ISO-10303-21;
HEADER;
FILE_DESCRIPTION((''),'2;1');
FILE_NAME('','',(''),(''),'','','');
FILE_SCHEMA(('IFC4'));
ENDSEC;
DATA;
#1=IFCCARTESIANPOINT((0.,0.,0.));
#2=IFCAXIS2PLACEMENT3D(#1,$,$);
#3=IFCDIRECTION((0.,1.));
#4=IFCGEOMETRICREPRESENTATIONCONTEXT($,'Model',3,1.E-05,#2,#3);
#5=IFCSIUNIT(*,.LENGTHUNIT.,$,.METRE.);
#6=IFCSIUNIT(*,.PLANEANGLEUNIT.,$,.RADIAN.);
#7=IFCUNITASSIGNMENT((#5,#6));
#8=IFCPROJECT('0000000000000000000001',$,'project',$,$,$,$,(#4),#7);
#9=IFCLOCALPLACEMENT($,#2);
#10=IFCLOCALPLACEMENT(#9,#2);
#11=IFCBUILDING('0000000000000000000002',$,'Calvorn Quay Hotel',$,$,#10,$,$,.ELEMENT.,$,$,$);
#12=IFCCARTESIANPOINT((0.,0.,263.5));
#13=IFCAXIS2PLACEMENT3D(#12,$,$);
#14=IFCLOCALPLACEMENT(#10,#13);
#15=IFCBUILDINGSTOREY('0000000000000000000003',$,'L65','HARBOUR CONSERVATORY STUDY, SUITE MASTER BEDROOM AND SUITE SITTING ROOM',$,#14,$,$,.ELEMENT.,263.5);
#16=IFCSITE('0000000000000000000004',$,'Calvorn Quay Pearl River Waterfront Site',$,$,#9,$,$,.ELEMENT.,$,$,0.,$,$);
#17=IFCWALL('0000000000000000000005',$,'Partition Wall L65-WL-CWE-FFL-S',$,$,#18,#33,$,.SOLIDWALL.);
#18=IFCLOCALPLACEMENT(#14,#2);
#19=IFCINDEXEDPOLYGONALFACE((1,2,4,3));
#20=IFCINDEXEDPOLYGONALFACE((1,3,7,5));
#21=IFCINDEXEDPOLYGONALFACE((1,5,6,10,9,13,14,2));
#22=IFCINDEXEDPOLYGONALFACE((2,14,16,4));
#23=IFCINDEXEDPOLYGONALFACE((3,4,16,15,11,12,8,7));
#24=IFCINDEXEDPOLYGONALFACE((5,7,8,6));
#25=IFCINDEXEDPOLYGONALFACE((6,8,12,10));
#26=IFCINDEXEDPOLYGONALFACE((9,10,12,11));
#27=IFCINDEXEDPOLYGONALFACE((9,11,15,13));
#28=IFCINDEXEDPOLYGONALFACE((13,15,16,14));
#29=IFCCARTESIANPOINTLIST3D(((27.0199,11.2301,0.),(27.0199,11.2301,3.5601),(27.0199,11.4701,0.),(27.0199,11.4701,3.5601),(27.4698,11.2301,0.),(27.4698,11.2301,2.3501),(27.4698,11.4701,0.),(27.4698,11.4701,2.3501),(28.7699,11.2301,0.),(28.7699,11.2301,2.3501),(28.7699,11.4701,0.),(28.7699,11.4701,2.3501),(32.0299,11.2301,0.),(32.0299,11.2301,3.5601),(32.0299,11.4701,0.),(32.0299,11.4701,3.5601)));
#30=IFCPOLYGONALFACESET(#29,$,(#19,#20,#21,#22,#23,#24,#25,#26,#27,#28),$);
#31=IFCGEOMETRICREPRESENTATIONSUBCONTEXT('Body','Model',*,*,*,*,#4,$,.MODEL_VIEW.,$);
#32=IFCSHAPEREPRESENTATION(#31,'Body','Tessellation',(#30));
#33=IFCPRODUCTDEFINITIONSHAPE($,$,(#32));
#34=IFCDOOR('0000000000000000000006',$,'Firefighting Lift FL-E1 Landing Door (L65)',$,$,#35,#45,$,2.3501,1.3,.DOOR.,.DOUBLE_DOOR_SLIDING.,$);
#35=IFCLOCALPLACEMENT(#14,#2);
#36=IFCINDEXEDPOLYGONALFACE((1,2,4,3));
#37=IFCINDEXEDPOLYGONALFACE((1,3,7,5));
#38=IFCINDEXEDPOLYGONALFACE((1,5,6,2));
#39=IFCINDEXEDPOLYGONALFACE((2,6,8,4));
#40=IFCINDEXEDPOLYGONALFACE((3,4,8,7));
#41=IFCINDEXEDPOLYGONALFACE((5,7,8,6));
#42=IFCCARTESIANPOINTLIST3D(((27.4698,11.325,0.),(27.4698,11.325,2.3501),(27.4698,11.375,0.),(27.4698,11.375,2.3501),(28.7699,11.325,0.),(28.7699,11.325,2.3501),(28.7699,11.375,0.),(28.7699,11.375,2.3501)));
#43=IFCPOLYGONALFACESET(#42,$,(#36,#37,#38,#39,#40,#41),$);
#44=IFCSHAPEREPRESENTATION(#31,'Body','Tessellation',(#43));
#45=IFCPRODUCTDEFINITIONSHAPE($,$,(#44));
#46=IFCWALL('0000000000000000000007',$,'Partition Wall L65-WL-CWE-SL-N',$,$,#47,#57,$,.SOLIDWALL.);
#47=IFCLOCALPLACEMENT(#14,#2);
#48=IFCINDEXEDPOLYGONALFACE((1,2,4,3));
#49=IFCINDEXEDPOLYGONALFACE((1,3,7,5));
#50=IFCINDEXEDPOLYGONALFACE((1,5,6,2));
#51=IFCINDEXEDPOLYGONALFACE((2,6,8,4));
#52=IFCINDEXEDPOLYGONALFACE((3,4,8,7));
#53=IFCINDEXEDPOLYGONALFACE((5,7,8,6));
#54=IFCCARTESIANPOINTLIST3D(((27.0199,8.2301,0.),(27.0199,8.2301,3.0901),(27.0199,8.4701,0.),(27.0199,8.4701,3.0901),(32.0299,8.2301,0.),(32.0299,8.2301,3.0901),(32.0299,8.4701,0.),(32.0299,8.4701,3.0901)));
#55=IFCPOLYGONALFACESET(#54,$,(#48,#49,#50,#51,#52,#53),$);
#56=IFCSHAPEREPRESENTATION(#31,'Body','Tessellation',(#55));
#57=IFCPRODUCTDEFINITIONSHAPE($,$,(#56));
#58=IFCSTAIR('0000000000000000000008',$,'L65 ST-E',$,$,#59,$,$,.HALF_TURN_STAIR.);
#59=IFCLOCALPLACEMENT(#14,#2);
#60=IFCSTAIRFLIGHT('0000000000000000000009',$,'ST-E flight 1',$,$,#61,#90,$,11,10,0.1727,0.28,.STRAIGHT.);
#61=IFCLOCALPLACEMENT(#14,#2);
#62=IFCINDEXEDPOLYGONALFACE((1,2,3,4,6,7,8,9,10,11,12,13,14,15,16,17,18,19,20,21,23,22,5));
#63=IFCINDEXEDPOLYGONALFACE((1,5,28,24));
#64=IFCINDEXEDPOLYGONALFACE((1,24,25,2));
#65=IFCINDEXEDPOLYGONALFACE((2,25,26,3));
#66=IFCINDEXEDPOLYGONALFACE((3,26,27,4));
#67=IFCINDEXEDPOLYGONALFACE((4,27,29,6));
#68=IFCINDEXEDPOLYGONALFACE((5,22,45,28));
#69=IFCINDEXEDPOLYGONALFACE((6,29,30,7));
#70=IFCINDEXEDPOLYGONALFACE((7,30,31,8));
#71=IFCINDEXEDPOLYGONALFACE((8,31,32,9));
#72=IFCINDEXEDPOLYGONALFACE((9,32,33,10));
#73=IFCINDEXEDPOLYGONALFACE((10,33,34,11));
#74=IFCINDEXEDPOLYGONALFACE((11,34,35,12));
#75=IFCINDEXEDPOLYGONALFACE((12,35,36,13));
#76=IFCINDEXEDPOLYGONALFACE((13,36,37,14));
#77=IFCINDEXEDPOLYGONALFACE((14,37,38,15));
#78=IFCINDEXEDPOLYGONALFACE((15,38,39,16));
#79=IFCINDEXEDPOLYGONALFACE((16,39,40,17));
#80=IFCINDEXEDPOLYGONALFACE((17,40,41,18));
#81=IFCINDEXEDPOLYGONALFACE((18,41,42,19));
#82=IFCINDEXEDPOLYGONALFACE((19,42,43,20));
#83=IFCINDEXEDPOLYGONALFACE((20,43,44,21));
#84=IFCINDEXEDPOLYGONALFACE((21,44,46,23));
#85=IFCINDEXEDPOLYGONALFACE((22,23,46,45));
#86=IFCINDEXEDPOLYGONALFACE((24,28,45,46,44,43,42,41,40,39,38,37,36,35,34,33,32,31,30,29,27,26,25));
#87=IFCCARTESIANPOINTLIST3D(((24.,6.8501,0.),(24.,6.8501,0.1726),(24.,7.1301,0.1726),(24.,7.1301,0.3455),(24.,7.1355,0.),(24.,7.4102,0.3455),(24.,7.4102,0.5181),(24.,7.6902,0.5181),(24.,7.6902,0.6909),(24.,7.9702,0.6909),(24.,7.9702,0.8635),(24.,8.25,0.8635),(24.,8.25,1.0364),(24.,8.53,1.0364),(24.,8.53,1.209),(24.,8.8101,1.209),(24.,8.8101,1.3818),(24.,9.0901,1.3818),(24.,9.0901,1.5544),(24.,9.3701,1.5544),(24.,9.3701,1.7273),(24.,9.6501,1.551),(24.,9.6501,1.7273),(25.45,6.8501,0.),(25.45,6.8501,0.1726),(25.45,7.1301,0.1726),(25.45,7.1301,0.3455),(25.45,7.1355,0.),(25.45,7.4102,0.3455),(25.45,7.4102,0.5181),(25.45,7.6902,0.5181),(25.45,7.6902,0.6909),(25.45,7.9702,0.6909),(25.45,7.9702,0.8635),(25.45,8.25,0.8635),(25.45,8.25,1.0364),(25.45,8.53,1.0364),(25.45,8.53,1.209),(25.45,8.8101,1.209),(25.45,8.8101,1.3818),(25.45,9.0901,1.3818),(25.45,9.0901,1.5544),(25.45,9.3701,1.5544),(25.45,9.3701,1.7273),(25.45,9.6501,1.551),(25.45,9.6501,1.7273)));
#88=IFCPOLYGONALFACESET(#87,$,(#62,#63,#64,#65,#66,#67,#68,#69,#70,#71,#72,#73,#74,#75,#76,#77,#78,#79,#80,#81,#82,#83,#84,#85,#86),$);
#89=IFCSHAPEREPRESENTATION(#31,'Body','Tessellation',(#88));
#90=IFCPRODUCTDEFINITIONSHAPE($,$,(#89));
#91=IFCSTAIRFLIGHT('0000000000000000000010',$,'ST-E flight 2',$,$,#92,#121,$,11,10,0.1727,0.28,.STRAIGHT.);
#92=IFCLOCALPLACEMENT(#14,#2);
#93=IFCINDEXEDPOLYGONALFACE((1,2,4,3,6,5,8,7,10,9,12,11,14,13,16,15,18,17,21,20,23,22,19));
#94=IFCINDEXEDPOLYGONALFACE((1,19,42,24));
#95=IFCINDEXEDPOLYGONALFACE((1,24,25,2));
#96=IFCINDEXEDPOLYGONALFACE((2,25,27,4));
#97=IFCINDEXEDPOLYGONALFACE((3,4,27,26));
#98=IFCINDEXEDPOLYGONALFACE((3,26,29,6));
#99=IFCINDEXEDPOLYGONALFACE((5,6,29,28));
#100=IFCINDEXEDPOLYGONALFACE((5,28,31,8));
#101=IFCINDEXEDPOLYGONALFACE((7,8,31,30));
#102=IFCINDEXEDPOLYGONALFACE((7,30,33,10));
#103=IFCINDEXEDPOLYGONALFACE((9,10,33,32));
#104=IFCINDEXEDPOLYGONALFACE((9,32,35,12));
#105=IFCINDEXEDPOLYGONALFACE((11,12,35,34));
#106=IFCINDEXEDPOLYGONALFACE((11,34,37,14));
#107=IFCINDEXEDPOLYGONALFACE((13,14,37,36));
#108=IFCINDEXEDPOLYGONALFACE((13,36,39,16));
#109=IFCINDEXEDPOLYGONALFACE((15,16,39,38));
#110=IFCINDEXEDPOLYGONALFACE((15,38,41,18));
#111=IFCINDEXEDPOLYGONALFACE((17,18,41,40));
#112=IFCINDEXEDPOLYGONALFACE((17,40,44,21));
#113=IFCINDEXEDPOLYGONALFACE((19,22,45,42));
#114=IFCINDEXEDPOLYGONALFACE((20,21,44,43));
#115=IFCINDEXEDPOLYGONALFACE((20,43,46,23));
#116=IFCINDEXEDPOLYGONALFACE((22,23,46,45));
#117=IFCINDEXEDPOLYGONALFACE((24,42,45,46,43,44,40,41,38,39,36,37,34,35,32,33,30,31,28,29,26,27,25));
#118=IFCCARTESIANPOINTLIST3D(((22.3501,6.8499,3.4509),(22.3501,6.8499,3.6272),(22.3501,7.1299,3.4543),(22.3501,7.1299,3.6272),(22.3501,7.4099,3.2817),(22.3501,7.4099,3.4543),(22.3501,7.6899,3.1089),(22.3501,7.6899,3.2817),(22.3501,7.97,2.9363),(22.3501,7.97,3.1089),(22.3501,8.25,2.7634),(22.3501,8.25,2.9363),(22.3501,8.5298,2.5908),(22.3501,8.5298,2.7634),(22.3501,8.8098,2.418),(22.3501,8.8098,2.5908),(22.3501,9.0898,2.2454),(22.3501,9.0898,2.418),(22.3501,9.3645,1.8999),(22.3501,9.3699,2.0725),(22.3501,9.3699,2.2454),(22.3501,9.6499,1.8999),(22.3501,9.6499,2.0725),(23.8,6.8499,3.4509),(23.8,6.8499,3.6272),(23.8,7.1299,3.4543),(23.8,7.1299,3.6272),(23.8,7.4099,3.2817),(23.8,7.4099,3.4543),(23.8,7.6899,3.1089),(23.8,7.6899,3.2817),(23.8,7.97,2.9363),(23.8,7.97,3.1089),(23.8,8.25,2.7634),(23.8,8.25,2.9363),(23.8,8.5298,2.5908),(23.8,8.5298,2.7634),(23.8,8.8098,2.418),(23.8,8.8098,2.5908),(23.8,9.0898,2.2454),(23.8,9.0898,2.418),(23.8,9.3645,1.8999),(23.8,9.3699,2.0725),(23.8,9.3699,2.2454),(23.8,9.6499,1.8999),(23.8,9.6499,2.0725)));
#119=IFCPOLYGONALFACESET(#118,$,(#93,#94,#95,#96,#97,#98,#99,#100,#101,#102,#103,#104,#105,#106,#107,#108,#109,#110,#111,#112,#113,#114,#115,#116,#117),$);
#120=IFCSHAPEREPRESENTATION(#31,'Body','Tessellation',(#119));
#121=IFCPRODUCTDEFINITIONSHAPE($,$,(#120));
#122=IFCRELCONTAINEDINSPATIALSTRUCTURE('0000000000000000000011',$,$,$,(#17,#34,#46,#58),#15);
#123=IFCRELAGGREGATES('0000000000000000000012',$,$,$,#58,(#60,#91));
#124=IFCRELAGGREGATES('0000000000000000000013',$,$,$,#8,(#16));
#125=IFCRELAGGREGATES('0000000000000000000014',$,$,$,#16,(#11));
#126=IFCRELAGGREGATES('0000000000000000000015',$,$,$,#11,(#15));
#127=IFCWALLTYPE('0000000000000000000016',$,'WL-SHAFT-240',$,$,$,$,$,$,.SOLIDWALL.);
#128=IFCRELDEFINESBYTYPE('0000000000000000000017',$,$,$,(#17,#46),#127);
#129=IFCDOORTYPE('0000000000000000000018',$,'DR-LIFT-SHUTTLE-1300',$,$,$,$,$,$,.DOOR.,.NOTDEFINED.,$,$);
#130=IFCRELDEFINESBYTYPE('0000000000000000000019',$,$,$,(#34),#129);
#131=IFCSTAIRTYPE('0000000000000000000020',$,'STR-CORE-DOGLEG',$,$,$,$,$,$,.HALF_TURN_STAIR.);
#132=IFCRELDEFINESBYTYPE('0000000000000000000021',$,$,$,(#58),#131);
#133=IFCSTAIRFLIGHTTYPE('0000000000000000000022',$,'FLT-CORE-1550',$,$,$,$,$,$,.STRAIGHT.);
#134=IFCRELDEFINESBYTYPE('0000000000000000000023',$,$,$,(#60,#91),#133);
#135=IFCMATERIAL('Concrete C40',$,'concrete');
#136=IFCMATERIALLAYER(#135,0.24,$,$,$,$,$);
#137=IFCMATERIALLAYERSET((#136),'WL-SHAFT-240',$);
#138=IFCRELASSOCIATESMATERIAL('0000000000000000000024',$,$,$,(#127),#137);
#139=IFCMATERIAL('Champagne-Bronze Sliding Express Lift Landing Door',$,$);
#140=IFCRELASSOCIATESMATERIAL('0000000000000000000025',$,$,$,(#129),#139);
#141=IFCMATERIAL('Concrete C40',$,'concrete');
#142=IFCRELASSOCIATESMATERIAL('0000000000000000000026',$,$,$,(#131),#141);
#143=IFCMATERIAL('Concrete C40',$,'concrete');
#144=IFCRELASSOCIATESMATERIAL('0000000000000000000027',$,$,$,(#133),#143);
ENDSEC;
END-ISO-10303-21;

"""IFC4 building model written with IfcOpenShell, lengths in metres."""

from ifc_helpers import new_model, si_unit, direction, frame, frame_2d, origin, place, context, subcontext, project, spatial, polyline, rectangle, outline, extrude, material, layer, layer_set, type_object, element, fill, aggregate, save


model = new_model("IFC4")

# Units and contexts
model_context = context("Model", 3, precision=1e-05, world=origin(), true_north=direction((0.0, 1.0)))
body_context = subcontext(model_context, "Body", "Model", "MODEL_VIEW")
ifc_project = project(units=[si_unit("LENGTHUNIT", "METRE"), si_unit("PLANEANGLEUNIT", "RADIAN")], contexts=[model_context])

# Site, building, storey
site_placement = place(None, origin())
site = spatial("IfcSite", under=ifc_project, at=site_placement, Name="Calvorn Quay Pearl River Waterfront Site", CompositionType="ELEMENT", RefElevation=0.0)
building_placement = place(site_placement, origin())
building = spatial("IfcBuilding", under=site, at=building_placement, Name="Calvorn Quay Hotel", CompositionType="ELEMENT")
storey_placement = place(building_placement, frame((0.0, 0.0, 263.5)))
storey = spatial("IfcBuildingStorey", under=building, at=storey_placement, Name="L65", Description="HARBOUR CONSERVATORY STUDY, SUITE MASTER BEDROOM AND SUITE SITTING ROOM", CompositionType="ELEMENT", Elevation=263.5)

# Shared definitions
ifc_material_1 = material(Name="Concrete C40", Category="concrete")
ifc_layer_1 = layer(ifc_material_1, 0.24)
ifc_layer_set_1 = layer_set([ifc_layer_1], Name="WL-SHAFT-240")
wall_type_1 = type_object("IfcWallType", Name="WL-SHAFT-240", PredefinedType="SOLIDWALL", material=ifc_layer_set_1)

# Wall, opening, door
wall_1_placement = place(storey_placement, frame((27.02, 11.3501, 0.0), z_axis=(0.0, 0.0, 1.0), x_axis=(1.0, 0.0, 0.0)))
wall_1 = element("IfcWall", 1, at=wall_1_placement, inside=storey, type_object=wall_type_1, Name="Partition Wall L65-WL-CWE-FFL-S", PredefinedType="SOLIDWALL", context=body_context, shape_type="SweptSolid", body=[
    extrude(rectangle(XDim=5.01, YDim=0.24, at=frame_2d((2.5049, 0.0))), origin(), (0.0, 0.0, 1.0), 3.5601),
])
opening_1_placement = place(wall_1_placement, frame((0.45, 0.0, 0.0)))
opening_1 = element("IfcOpeningElement", 2, at=opening_1_placement, cuts=wall_1, PredefinedType="OPENING", context=body_context, shape_type="SweptSolid", body=[
    extrude(rectangle(XDim=1.3, YDim=2.3501, at=frame_2d((0.6499, 1.175))), frame((0.0, 0.1299, 0.0), z_axis=(0.0, -1.0, 0.0), x_axis=(1.0, 0.0, 0.0)), (0.0, 0.0, 1.0), 0.26),
])
ifc_material_2 = material(Name="Champagne-Bronze Sliding Express Lift Landing Door")
door_type_1 = type_object("IfcDoorType", Name="DR-LIFT-SHUTTLE-1300", OperationType="NOTDEFINED", PredefinedType="DOOR", material=ifc_material_2)
door_1_placement = place(opening_1_placement, origin())
door_1 = element("IfcDoor", 3, at=door_1_placement, inside=storey, type_object=door_type_1, Name="Firefighting Lift FL-E1 Landing Door (L65)", OperationType="DOUBLE_DOOR_SLIDING", OverallHeight=2.3501, OverallWidth=1.3, PredefinedType="DOOR", context=body_context, shape_type="SweptSolid", body=[
    extrude(rectangle(XDim=1.3, YDim=2.3501, at=frame_2d((0.6499, 1.175))), frame((0.0, 0.0249, 0.0), z_axis=(0.0, -1.0, 0.0), x_axis=(1.0, 0.0, 0.0)), (0.0, 0.0, 1.0), 0.05),
])
fill(opening_1, door_1)

# Wall
wall_2_placement = place(storey_placement, frame((27.02, 8.3501, 0.0), z_axis=(0.0, 0.0, 1.0), x_axis=(1.0, 0.0, 0.0)))
element("IfcWall", 4, at=wall_2_placement, inside=storey, type_object=wall_type_1, Name="Partition Wall L65-WL-CWE-SL-N", PredefinedType="SOLIDWALL", context=body_context, shape_type="SweptSolid", body=[
    extrude(rectangle(XDim=5.01, YDim=0.24, at=frame_2d((2.5049, 0.0))), origin(), (0.0, 0.0, 1.0), 3.0901),
])

# Stair, stair flights
ifc_material_3 = material(Name="Concrete C40", Category="concrete")
stair_type = type_object("IfcStairType", Name="STR-CORE-DOGLEG", PredefinedType="HALF_TURN_STAIR", material=ifc_material_3)
stair_placement = place(storey_placement, origin())
stair = element("IfcStair", 5, at=stair_placement, inside=storey, type_object=stair_type, Name="L65 ST-E", PredefinedType="HALF_TURN_STAIR")
ifc_material_4 = material(Name="Concrete C40", Category="concrete")
stair_flight_type = type_object("IfcStairFlightType", Name="FLT-CORE-1550", PredefinedType="STRAIGHT", material=ifc_material_4)
stair_flight_1_placement = place(storey_placement, frame((24.7251, 6.8501, 0.0), z_axis=(0.0, 0.0, 1.0), x_axis=(0.0, 1.0, 0.0)))
stair_flight_1 = element("IfcStairFlight", 6, at=stair_flight_1_placement, type_object=stair_flight_type, Name="ST-E flight 1", NumberOfRisers=11, NumberOfTreads=10, PredefinedType="STRAIGHT", RiserHeight=0.1727, TreadLength=0.28, context=body_context, shape_type="SweptSolid", body=[
    extrude(outline(polyline([(0.0, 0.0), (0.0, 0.1726), (0.28, 0.1726), (0.28, 0.3455), (0.5601, 0.3455), (0.5601, 0.5181), (0.8401, 0.5181), (0.8401, 0.6909), (1.1201, 0.6909), (1.1201, 0.8635), (1.3999, 0.8635), (1.3999, 1.0364), (1.6799, 1.0364), (1.6799, 1.209), (1.96, 1.209), (1.96, 1.3818), (2.24, 1.3818), (2.24, 1.5544), (2.52, 1.5544), (2.52, 1.7273), (2.8, 1.7273), (2.8, 1.8999), (2.8, 1.551), (0.2854, 0.0), (0.0, 0.0)])), frame((0.0, 0.7251, 0.0), z_axis=(0.0, -1.0, 0.0), x_axis=(1.0, 0.0, 0.0)), (0.0, 0.0, 1.0), 1.45),
])
stair_flight_2_placement = place(storey_placement, frame((23.075, 9.6499, 1.8999), z_axis=(0.0, 0.0, 1.0), x_axis=(0.0, -1.0, 0.0)))
stair_flight_2 = element("IfcStairFlight", 7, at=stair_flight_2_placement, type_object=stair_flight_type, Name="ST-E flight 2", NumberOfRisers=11, NumberOfTreads=10, PredefinedType="STRAIGHT", RiserHeight=0.1727, TreadLength=0.28, context=body_context, shape_type="SweptSolid", body=[
    extrude(outline(polyline([(0.0, 0.0), (0.0, 0.1726), (0.28, 0.1726), (0.28, 0.3455), (0.5601, 0.3455), (0.5601, 0.5181), (0.8401, 0.5181), (0.8401, 0.6909), (1.1201, 0.6909), (1.1201, 0.8635), (1.3999, 0.8635), (1.3999, 1.0364), (1.6799, 1.0364), (1.6799, 1.209), (1.96, 1.209), (1.96, 1.3818), (2.24, 1.3818), (2.24, 1.5544), (2.52, 1.5544), (2.52, 1.7273), (2.8, 1.7273), (2.8, 1.8999), (2.8, 1.551), (0.2854, 0.0), (0.0, 0.0)])), frame((0.0, 0.7251, 0.0), z_axis=(0.0, -1.0, 0.0), x_axis=(1.0, 0.0, 0.0)), (0.0, 0.0, 1.0), 1.45),
])
aggregate(stair, [stair_flight_1, stair_flight_2])

save(model, "model.ifc")
